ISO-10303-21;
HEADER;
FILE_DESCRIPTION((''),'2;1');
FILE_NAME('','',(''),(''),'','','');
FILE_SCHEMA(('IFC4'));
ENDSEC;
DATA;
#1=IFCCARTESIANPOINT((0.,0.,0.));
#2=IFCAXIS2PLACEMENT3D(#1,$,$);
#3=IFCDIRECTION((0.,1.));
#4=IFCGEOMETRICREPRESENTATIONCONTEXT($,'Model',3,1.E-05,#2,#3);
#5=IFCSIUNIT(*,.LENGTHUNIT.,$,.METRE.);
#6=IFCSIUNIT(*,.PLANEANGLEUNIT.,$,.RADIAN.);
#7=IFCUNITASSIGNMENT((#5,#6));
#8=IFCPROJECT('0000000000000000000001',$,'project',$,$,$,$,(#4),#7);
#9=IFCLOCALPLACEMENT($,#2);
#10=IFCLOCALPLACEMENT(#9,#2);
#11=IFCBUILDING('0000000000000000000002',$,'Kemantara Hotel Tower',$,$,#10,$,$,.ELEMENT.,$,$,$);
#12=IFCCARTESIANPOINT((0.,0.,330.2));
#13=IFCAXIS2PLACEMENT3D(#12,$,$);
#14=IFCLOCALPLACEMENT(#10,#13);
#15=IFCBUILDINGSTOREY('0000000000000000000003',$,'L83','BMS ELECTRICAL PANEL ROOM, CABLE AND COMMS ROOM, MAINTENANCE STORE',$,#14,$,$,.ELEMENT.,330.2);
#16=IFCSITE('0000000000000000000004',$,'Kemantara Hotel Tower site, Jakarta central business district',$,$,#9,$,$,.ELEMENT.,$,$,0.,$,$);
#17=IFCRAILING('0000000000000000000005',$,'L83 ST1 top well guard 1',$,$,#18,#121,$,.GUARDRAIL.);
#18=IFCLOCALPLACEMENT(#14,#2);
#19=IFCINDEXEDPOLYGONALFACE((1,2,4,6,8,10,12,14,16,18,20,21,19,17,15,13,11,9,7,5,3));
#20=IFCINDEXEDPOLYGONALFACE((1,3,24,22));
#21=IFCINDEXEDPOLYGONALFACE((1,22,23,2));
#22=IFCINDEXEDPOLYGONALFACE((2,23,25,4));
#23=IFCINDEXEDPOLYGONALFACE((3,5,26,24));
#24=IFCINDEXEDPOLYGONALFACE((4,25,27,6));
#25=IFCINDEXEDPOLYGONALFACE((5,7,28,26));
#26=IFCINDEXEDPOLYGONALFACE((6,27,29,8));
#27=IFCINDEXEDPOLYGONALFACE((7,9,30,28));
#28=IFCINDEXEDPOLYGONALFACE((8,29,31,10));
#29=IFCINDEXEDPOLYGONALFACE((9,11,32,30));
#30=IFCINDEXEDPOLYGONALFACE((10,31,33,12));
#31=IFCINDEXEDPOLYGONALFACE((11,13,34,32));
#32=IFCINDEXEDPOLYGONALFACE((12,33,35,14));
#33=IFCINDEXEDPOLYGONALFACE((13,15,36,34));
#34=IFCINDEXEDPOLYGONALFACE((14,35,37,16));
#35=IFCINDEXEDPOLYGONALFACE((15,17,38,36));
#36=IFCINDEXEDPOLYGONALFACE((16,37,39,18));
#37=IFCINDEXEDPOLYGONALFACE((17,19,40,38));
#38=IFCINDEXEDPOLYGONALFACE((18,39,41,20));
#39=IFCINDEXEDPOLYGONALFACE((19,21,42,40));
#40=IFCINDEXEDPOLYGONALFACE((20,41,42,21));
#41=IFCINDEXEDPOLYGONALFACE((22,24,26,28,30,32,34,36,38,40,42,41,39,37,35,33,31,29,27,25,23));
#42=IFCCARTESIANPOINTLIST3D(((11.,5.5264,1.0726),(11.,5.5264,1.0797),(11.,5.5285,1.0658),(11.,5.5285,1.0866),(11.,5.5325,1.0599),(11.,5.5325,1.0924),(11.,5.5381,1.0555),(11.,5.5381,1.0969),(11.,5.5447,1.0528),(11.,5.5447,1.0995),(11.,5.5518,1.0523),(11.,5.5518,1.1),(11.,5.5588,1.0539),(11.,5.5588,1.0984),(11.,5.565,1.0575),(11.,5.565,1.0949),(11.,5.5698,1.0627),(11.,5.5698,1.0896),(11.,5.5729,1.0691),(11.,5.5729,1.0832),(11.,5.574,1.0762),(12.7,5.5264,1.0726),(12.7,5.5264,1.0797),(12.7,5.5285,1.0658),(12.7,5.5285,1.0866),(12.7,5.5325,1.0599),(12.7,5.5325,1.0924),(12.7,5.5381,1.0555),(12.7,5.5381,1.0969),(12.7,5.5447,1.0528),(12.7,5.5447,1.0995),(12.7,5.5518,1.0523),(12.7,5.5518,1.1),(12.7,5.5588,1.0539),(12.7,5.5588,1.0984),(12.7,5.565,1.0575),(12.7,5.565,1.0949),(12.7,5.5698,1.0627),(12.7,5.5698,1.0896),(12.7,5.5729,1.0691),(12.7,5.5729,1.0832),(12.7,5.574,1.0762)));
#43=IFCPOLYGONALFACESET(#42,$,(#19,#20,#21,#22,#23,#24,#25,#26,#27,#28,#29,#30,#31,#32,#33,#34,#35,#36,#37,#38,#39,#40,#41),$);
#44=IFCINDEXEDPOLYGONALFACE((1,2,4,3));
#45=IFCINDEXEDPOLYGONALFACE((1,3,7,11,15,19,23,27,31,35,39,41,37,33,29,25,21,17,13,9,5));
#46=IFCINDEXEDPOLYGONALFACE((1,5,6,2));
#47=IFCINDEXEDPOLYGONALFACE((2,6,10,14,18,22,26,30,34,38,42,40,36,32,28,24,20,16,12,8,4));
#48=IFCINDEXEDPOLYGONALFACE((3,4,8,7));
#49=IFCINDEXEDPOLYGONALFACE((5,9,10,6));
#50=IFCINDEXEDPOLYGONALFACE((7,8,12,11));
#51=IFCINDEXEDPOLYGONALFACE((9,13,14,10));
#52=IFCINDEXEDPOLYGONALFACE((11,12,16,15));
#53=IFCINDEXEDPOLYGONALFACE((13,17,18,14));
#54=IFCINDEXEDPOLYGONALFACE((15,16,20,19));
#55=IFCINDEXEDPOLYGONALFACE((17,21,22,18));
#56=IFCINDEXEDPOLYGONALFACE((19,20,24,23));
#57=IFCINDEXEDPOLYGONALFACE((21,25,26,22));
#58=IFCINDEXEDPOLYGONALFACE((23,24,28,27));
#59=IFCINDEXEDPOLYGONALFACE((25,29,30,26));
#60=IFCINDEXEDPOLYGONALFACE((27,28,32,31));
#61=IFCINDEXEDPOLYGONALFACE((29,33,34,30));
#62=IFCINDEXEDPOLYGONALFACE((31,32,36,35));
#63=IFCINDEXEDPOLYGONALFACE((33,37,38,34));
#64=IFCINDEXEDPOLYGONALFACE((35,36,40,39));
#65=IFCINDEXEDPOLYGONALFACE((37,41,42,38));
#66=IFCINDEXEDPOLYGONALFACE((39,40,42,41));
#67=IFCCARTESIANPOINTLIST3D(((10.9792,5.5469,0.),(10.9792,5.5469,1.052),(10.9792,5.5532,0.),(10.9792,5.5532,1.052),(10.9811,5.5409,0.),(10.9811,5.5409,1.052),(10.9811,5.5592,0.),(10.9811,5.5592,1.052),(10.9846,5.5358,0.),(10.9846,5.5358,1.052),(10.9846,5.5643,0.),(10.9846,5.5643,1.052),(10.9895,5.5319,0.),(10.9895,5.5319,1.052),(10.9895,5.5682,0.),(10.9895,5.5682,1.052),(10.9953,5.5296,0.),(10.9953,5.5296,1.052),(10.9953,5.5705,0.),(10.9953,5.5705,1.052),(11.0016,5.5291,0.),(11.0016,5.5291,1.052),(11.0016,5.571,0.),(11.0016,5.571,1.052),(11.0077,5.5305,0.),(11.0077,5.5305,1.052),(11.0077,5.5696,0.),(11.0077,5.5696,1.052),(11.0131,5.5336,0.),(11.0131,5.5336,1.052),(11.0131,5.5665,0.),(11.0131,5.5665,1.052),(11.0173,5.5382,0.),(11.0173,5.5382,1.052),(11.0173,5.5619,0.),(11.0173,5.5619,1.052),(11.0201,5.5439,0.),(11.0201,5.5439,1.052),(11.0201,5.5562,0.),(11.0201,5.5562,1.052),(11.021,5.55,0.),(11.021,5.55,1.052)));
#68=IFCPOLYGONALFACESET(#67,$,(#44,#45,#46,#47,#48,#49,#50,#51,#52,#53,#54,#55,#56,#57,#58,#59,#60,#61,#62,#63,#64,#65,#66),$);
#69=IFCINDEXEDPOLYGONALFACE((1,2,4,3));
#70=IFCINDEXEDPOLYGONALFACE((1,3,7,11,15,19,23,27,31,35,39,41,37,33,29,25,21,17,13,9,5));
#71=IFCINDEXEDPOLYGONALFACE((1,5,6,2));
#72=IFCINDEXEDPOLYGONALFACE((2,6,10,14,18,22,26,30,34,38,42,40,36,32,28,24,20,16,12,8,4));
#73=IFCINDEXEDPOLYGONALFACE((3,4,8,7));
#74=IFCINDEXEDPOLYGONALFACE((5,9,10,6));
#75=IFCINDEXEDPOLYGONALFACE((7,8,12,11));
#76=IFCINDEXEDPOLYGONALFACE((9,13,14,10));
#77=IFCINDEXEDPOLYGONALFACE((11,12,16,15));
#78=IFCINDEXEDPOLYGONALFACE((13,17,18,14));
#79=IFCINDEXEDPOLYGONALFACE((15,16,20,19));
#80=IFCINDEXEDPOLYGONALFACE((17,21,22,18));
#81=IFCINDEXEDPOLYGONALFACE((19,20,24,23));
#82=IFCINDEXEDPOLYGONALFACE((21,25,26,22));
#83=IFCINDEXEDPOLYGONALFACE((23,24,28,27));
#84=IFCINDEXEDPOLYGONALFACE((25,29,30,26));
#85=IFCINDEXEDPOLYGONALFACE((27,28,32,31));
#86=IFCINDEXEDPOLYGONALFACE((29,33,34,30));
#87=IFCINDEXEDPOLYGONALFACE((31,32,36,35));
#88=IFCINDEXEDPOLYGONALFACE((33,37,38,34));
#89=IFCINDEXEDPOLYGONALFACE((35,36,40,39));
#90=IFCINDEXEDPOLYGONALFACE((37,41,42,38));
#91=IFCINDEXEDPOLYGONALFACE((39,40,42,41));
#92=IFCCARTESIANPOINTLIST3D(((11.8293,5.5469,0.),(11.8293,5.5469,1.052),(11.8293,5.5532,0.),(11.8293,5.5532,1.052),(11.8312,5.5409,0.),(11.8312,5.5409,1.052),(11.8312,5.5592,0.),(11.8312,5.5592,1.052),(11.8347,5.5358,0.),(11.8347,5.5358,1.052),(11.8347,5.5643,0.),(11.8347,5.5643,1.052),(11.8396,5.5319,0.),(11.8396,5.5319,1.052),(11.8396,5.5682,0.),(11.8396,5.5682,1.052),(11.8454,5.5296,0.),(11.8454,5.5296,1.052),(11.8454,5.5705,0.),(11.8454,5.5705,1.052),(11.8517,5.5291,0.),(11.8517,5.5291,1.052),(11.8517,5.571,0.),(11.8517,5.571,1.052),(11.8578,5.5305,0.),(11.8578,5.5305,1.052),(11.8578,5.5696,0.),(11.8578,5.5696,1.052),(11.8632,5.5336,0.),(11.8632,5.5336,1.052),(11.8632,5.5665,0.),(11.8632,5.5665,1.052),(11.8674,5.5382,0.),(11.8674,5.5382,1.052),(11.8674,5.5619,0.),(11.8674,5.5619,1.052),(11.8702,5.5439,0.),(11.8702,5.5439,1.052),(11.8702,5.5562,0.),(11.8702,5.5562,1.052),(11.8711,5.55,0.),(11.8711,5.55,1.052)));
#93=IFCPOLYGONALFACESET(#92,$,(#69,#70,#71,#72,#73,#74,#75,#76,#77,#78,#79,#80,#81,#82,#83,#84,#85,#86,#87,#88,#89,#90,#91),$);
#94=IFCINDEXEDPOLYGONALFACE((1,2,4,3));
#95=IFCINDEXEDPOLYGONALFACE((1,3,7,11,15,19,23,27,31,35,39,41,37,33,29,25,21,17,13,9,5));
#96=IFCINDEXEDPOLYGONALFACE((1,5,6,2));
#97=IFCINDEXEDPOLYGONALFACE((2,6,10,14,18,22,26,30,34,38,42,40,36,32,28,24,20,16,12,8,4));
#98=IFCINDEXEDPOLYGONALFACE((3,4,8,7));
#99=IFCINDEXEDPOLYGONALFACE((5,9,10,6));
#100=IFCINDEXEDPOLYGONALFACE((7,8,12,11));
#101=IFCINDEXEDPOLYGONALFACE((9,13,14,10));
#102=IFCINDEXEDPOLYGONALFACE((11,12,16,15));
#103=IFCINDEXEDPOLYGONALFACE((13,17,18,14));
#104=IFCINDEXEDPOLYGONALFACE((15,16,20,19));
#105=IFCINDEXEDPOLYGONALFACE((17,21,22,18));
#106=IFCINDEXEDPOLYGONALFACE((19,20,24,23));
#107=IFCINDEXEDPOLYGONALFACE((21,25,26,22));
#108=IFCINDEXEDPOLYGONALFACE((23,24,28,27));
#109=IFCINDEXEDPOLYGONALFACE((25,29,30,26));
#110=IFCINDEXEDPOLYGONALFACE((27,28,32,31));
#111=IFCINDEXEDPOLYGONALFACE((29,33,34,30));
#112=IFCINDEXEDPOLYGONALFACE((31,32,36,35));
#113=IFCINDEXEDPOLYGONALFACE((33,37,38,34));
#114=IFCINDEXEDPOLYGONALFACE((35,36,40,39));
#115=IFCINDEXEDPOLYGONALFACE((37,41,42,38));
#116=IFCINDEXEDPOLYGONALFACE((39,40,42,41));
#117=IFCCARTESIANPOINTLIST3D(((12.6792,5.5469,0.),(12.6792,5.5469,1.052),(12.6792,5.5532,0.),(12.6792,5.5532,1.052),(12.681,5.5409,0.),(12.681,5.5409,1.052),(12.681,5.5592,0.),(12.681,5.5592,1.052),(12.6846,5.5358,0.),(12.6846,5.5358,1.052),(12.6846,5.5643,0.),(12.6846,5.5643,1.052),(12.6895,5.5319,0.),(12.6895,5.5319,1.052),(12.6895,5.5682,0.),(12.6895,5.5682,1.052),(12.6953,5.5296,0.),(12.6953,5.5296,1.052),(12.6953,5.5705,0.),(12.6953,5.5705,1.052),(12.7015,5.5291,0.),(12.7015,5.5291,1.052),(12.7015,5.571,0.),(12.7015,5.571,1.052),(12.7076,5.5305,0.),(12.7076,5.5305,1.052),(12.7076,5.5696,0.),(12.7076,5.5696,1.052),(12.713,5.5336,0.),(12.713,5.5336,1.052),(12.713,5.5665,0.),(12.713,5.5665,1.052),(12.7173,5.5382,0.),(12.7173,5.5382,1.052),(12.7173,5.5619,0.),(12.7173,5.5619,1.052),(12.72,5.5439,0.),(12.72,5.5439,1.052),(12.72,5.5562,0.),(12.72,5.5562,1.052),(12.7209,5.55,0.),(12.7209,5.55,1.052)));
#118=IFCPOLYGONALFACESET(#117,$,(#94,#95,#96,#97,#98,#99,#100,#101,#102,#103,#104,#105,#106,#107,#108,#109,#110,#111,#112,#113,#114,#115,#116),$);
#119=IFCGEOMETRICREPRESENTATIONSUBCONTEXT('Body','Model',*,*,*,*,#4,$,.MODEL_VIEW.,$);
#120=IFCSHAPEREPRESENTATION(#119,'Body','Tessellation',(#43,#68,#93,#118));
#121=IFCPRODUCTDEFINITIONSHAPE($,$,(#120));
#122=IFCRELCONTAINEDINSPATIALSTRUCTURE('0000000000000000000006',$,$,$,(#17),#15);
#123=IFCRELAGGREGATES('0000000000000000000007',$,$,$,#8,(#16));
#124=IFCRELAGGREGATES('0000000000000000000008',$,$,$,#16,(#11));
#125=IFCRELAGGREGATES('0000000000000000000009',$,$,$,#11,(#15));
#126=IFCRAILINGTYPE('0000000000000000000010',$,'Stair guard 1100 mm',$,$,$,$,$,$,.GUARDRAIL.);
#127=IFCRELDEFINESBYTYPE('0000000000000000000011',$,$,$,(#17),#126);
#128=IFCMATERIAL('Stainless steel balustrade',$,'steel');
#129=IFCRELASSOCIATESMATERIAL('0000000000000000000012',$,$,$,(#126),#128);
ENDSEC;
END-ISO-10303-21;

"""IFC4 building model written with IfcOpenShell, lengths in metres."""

from ifc_helpers import new_model, si_unit, direction, frame, origin, origin_2d, place, context, subcontext, project, spatial, circle, extrude, material, type_object, element, save


model = new_model("IFC4")

# Units and contexts
model_context = context("Model", 3, precision=1e-05, world=origin(), true_north=direction((0.0, 1.0)))
body_context = subcontext(model_context, "Body", "Model", "MODEL_VIEW")
ifc_project = project(units=[si_unit("LENGTHUNIT", "METRE"), si_unit("PLANEANGLEUNIT", "RADIAN")], contexts=[model_context])

# Site, building, storey
site_placement = place(None, origin())
site = spatial("IfcSite", under=ifc_project, at=site_placement, Name="Kemantara Hotel Tower site, Jakarta central business district", CompositionType="ELEMENT", RefElevation=0.0)
building_placement = place(site_placement, origin())
building = spatial("IfcBuilding", under=site, at=building_placement, Name="Kemantara Hotel Tower", CompositionType="ELEMENT")
storey_placement = place(building_placement, frame((0.0, 0.0, 330.2)))
storey = spatial("IfcBuildingStorey", under=building, at=storey_placement, Name="L83", Description="BMS ELECTRICAL PANEL ROOM, CABLE AND COMMS ROOM, MAINTENANCE STORE", CompositionType="ELEMENT", Elevation=330.2)

# Railing
ifc_material_1 = material(Name="Stainless steel balustrade", Category="steel")
railing_type = type_object("IfcRailingType", Name="Stair guard 1100 mm", PredefinedType="GUARDRAIL", material=ifc_material_1)
railing_placement = place(storey_placement, frame((11.0, 5.55, 0.0)))
element("IfcRailing", 1, at=railing_placement, inside=storey, type_object=railing_type, Name="L83 ST1 top well guard 1", PredefinedType="GUARDRAIL", context=body_context, shape_type="SweptSolid", body=[
    extrude(circle(Radius=0.0239, at=origin_2d()), frame((0.0, 0.0, 1.0762), z_axis=(1.0, 0.0, 0.0), x_axis=(0.0, 1.0, 0.0)), (0.0, 0.0, 1.0), 1.7),
    extrude(circle(Radius=0.021, at=origin_2d()), origin(), (0.0, 0.0, 1.0), 1.052),
    extrude(circle(Radius=0.021, at=origin_2d()), frame((0.8501, 0.0, 0.0)), (0.0, 0.0, 1.0), 1.052),
    extrude(circle(Radius=0.021, at=origin_2d()), frame((1.7, 0.0, 0.0)), (0.0, 0.0, 1.0), 1.052),
])

save(model, "model.ifc")
